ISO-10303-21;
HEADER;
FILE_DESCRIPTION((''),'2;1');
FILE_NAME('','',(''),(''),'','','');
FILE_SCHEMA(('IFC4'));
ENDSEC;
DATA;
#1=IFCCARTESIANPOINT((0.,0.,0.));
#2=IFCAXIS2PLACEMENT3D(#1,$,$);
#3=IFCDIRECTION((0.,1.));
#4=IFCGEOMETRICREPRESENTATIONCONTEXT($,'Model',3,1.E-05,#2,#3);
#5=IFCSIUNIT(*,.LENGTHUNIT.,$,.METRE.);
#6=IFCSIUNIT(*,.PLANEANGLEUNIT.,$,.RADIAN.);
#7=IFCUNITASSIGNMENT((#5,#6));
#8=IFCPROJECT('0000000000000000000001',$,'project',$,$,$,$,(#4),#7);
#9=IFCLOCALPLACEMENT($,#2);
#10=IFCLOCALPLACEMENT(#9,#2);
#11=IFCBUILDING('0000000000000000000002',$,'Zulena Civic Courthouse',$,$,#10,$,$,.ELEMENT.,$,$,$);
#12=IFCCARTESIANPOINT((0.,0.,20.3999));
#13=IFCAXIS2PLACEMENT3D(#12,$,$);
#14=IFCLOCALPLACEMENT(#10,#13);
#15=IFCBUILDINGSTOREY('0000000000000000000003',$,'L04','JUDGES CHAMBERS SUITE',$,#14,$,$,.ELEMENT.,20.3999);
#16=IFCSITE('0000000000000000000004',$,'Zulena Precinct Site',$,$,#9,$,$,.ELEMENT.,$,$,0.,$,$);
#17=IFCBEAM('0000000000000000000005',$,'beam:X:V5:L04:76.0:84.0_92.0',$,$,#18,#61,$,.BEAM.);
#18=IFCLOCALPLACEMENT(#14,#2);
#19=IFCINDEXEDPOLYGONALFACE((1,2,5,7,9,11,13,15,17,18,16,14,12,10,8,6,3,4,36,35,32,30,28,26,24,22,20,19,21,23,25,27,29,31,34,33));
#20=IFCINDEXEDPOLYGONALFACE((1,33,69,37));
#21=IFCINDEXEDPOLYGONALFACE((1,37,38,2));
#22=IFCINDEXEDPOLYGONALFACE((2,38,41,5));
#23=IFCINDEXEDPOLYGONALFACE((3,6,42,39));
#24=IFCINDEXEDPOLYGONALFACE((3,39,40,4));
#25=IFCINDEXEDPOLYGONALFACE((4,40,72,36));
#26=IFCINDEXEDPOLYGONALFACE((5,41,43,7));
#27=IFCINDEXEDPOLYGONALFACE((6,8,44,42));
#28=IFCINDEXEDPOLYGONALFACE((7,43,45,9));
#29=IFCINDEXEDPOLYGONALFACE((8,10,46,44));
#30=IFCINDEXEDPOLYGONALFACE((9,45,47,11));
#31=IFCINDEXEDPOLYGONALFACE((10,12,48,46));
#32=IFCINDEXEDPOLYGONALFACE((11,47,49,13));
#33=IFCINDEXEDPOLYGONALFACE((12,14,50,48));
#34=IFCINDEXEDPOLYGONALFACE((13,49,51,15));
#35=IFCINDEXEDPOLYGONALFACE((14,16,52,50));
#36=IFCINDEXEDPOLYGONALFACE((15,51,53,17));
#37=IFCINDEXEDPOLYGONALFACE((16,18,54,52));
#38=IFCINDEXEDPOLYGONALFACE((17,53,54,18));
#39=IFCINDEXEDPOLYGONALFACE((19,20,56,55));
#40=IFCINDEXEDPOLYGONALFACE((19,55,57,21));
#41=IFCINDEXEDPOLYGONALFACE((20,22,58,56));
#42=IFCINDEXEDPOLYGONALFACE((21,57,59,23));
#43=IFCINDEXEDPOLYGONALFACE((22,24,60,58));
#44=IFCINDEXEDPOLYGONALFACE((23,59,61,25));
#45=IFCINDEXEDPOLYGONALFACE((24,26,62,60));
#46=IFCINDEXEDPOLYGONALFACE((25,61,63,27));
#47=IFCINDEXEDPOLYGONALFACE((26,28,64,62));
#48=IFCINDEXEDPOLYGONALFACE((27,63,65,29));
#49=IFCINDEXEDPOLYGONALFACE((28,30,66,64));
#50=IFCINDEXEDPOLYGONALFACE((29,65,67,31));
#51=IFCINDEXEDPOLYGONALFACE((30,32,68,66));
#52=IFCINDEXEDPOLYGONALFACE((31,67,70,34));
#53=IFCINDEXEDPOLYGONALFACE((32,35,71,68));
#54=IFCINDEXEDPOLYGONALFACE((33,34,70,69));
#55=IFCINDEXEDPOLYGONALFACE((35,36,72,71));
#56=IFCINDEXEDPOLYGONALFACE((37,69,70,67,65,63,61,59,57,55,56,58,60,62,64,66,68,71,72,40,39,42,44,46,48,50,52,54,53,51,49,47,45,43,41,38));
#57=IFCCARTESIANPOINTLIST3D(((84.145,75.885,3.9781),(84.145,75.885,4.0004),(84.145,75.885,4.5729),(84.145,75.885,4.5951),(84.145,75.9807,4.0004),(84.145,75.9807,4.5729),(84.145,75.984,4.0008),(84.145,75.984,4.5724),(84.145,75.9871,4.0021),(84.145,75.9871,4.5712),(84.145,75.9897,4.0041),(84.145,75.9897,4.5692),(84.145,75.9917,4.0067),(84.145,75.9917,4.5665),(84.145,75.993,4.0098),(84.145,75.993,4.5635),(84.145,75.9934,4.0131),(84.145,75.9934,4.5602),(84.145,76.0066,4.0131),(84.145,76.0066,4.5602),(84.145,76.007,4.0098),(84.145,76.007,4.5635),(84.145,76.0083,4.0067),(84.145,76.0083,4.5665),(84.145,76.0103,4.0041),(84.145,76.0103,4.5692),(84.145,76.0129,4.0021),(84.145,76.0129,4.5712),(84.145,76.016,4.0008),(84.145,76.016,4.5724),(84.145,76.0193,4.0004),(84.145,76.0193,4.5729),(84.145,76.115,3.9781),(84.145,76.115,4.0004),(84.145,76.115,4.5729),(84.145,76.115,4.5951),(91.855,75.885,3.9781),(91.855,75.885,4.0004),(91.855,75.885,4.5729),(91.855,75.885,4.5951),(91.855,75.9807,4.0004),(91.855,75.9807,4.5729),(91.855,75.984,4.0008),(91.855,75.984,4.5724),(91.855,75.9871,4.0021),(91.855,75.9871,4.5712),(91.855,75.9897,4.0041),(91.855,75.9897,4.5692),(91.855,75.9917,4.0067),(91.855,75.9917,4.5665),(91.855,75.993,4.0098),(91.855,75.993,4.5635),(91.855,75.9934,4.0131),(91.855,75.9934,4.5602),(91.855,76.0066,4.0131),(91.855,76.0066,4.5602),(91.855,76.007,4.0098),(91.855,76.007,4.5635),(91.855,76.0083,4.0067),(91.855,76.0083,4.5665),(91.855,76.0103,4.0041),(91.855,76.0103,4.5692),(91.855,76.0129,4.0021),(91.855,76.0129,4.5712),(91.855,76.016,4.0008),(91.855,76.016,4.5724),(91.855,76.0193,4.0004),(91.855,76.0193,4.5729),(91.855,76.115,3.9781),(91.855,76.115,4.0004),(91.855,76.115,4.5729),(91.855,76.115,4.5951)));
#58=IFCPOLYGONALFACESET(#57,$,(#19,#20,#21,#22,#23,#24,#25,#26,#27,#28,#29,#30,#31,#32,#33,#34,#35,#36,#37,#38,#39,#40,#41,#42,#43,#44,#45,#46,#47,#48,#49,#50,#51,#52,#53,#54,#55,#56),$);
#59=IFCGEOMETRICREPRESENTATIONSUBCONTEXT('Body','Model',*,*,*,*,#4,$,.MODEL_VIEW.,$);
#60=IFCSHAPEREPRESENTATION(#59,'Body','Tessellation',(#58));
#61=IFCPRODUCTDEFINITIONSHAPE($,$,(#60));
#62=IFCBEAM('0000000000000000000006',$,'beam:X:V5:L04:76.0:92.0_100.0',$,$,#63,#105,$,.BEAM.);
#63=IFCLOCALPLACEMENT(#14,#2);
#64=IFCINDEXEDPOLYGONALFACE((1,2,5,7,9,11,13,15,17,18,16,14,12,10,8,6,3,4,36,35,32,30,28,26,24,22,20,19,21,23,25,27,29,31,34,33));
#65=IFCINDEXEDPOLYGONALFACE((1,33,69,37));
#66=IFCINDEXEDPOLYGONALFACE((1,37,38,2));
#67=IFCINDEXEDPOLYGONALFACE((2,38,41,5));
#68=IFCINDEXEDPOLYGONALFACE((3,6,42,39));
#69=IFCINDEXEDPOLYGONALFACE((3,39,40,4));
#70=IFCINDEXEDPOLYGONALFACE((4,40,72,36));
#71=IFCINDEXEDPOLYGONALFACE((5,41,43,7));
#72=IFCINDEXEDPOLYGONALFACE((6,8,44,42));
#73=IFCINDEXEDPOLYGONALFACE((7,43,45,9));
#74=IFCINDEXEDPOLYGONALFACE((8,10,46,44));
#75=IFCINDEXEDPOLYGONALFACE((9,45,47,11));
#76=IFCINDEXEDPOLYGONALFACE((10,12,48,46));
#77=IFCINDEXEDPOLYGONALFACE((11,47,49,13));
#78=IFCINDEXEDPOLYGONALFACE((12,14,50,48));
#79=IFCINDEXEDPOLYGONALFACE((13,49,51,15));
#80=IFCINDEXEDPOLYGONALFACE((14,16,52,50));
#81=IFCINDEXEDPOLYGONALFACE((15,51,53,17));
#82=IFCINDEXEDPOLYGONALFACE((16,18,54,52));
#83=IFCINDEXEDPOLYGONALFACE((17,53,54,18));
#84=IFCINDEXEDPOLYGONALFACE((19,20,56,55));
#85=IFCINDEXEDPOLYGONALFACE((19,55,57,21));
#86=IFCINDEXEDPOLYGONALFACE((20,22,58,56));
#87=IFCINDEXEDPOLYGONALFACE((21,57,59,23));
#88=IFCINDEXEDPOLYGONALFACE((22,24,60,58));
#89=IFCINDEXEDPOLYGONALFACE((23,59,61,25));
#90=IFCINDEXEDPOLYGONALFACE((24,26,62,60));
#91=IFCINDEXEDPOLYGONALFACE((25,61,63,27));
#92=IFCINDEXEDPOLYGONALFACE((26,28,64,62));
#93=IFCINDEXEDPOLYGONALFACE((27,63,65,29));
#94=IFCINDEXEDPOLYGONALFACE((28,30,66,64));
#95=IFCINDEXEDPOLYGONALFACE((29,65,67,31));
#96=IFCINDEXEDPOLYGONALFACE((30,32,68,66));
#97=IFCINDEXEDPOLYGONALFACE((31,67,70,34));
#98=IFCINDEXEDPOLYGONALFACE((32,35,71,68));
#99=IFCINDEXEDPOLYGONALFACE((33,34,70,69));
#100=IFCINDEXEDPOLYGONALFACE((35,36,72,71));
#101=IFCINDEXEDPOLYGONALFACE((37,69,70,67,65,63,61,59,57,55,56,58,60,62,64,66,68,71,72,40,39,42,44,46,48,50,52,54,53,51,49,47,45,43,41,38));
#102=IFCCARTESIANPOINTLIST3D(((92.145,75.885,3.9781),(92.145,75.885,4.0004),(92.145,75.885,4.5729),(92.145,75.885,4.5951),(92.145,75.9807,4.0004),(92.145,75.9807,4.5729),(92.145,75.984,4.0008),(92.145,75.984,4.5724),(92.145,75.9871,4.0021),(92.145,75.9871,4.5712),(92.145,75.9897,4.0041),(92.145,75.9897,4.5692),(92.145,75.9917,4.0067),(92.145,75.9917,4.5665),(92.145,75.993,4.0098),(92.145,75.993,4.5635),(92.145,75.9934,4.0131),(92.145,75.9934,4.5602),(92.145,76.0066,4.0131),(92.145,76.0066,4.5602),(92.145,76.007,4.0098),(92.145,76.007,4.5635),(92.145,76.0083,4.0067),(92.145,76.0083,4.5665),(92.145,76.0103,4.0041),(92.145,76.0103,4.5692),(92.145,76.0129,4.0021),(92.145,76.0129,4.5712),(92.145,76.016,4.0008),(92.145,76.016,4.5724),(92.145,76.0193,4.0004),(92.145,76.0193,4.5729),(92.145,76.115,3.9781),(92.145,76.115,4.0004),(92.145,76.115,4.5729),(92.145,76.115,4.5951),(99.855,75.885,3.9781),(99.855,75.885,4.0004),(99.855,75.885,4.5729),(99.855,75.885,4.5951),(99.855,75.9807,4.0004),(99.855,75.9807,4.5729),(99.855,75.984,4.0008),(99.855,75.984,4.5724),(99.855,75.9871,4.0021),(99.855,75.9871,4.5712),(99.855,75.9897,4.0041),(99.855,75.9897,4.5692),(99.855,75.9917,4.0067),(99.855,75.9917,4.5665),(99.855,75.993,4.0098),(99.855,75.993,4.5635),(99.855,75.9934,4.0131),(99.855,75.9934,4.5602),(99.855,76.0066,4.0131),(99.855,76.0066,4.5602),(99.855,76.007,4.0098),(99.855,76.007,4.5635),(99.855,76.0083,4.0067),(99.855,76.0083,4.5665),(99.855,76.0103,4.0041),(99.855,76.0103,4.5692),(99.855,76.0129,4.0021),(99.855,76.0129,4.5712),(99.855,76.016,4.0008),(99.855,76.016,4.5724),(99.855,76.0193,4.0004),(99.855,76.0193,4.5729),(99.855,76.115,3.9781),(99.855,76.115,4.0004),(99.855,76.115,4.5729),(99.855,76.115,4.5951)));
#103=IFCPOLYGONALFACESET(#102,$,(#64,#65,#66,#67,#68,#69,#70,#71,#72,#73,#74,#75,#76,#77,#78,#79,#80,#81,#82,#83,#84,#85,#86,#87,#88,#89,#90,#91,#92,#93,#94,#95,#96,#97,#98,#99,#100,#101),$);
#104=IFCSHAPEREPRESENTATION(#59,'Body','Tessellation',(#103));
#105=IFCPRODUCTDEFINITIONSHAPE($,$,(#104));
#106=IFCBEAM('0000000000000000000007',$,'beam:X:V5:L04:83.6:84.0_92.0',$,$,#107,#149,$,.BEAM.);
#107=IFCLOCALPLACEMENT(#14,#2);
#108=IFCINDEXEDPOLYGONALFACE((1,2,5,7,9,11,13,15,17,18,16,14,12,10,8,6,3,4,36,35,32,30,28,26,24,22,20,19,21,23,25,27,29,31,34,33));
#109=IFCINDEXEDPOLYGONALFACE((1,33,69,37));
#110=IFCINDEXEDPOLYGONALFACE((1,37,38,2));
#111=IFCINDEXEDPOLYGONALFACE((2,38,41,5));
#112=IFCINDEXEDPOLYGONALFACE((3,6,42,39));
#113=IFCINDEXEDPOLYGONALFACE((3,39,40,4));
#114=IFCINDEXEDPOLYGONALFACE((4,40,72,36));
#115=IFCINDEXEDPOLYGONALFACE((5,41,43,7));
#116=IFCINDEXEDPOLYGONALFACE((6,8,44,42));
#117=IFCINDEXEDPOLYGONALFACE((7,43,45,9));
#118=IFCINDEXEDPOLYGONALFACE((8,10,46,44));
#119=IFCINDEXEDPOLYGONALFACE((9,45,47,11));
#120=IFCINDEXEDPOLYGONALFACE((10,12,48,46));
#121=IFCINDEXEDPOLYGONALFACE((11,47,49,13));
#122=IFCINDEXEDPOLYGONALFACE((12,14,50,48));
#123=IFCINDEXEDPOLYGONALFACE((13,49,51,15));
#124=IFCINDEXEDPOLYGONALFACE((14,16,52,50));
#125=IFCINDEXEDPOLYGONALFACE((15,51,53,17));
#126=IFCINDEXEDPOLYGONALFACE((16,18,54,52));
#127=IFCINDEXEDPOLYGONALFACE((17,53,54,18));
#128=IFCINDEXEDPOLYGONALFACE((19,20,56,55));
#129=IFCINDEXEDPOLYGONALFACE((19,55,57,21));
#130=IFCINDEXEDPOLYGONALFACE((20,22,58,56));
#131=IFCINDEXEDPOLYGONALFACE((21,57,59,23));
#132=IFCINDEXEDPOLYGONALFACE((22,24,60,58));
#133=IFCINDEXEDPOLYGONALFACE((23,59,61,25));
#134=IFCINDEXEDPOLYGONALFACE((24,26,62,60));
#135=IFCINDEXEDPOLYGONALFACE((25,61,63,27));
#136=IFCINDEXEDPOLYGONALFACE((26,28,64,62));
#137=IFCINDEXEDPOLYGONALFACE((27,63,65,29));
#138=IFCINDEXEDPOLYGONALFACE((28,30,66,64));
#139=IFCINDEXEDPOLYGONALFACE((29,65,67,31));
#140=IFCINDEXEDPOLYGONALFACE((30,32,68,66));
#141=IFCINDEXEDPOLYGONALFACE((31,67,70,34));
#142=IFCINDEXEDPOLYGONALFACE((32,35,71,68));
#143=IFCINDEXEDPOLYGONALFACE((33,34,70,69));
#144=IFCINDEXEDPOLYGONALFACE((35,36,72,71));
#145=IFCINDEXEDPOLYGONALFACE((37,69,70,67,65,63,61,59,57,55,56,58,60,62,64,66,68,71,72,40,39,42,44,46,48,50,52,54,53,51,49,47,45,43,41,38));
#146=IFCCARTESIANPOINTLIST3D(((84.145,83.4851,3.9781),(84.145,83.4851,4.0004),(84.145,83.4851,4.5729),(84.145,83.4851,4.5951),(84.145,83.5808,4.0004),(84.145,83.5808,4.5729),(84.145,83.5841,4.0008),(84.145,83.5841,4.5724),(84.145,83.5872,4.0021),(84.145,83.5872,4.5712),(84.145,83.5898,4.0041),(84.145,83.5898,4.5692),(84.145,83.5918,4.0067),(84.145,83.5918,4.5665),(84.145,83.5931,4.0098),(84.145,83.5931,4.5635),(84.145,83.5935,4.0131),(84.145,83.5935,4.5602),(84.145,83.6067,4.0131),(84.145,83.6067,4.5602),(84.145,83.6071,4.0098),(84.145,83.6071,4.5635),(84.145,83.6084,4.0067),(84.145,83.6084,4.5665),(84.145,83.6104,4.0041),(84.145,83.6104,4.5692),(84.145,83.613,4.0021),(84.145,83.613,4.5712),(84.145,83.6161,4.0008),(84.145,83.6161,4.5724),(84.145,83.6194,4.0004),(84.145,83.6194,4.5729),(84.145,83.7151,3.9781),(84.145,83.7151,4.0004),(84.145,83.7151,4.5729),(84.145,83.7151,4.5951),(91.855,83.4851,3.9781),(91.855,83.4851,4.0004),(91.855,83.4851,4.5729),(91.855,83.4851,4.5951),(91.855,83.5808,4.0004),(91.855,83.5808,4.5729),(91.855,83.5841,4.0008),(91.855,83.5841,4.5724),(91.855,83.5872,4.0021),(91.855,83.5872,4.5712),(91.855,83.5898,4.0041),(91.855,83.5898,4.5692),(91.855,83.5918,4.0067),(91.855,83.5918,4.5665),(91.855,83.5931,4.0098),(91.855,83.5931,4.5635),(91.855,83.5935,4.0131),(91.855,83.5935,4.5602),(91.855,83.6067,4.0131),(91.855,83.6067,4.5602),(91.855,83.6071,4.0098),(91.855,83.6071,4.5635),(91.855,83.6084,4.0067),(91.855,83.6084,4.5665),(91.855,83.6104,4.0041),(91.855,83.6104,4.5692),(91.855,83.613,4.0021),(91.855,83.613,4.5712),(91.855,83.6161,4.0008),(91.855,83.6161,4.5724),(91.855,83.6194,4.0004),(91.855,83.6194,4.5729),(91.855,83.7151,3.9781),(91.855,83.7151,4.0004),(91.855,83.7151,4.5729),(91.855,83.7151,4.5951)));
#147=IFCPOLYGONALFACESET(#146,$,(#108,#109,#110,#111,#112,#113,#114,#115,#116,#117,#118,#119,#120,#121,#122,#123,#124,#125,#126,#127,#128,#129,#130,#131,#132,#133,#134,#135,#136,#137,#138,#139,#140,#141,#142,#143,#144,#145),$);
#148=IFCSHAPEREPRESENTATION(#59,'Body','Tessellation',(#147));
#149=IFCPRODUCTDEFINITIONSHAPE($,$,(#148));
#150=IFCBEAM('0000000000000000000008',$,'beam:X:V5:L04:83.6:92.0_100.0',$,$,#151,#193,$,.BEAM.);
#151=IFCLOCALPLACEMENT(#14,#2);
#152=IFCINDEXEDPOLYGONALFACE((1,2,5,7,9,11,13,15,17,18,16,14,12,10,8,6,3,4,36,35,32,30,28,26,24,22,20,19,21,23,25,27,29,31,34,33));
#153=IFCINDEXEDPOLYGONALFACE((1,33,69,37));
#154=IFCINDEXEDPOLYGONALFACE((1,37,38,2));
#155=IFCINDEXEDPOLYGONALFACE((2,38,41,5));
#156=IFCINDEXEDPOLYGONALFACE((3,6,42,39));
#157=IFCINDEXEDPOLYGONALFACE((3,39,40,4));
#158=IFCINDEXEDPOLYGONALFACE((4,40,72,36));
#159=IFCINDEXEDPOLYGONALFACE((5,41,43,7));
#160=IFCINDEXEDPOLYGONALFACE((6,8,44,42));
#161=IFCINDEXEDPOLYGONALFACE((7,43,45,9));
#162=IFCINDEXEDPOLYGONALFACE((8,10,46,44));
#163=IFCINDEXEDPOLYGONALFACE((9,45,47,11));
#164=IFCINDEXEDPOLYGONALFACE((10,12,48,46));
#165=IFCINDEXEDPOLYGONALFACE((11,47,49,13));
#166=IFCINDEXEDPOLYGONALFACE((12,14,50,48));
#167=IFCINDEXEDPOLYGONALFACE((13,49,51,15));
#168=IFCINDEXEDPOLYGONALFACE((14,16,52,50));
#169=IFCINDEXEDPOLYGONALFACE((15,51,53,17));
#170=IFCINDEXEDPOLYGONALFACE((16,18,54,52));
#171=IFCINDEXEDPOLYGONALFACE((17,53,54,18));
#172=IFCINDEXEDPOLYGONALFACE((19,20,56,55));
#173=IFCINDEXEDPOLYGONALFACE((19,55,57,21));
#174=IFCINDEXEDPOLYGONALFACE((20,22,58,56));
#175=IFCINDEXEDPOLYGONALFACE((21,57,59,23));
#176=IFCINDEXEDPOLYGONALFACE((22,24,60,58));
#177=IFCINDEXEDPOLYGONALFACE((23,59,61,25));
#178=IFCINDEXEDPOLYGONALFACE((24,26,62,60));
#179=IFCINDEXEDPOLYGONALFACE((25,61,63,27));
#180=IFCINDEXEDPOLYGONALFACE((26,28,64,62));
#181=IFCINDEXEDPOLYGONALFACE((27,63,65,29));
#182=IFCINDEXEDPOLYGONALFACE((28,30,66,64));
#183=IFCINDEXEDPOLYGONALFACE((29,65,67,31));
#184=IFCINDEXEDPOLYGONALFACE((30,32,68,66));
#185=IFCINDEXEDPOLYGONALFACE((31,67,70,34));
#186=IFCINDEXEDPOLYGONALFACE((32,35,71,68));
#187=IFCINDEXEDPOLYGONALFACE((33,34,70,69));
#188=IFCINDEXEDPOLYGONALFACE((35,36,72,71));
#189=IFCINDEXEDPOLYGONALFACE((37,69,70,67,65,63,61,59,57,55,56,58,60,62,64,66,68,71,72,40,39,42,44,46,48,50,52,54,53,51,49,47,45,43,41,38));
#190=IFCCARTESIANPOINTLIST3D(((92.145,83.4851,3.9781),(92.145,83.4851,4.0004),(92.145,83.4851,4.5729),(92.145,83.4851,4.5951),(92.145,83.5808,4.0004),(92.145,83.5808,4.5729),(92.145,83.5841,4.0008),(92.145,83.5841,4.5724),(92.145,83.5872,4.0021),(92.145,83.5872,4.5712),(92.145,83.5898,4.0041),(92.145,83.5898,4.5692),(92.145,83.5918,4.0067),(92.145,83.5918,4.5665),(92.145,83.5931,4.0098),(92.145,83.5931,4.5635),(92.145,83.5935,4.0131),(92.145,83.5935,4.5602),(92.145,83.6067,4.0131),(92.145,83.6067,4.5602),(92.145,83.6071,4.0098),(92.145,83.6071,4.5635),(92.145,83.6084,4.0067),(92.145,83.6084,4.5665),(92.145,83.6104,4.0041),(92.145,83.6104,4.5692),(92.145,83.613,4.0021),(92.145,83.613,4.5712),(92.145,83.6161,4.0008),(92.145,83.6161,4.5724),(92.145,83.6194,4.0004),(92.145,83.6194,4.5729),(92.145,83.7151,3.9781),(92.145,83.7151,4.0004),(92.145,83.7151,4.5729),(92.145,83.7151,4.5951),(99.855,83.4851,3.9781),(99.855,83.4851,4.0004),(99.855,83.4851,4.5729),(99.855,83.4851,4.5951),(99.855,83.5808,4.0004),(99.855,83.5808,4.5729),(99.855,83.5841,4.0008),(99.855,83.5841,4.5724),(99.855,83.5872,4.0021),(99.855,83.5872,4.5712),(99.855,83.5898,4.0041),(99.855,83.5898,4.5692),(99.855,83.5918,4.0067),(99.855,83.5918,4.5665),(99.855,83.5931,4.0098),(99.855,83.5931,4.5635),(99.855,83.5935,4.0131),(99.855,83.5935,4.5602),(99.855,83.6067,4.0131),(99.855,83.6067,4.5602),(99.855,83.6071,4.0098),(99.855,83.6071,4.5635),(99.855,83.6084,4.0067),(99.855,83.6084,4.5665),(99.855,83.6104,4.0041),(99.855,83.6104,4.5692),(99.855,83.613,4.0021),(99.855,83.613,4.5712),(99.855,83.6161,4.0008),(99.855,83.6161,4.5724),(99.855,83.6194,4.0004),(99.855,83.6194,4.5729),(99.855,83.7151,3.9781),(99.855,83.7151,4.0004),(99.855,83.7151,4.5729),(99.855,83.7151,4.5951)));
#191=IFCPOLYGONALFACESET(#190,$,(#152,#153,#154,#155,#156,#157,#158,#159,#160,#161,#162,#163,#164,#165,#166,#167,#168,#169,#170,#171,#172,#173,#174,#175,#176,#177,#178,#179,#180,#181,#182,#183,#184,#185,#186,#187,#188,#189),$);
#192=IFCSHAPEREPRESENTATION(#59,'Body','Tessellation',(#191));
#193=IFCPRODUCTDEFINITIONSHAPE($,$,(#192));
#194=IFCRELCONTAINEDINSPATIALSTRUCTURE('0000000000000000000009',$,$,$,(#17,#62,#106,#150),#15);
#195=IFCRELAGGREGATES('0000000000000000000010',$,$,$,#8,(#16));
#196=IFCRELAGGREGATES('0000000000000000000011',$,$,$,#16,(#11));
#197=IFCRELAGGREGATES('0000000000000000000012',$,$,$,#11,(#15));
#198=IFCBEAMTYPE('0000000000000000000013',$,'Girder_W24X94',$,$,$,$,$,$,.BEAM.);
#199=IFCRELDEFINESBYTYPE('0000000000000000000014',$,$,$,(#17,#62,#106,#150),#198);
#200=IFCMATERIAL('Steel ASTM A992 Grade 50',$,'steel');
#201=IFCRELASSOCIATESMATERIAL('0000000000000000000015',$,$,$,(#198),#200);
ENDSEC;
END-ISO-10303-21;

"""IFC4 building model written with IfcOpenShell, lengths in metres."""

from ifc_helpers import new_model, si_unit, direction, frame, origin, origin_2d, place, context, subcontext, project, spatial, i_section, extrude, material, material_profile, profile_set, type_object, element, save


model = new_model("IFC4")

# Units and contexts
model_context = context("Model", 3, precision=1e-05, world=origin(), true_north=direction((0.0, 1.0)))
body_context = subcontext(model_context, "Body", "Model", "MODEL_VIEW")
ifc_project = project(units=[si_unit("LENGTHUNIT", "METRE"), si_unit("PLANEANGLEUNIT", "RADIAN")], contexts=[model_context])

# Site, building, storey
site_placement = place(None, origin())
site = spatial("IfcSite", under=ifc_project, at=site_placement, Name="Zulena Precinct Site", CompositionType="ELEMENT", RefElevation=0.0)
building_placement = place(site_placement, origin())
building = spatial("IfcBuilding", under=site, at=building_placement, Name="Zulena Civic Courthouse", CompositionType="ELEMENT")
storey_placement = place(building_placement, frame((0.0, 0.0, 20.3999)))
storey = spatial("IfcBuildingStorey", under=building, at=storey_placement, Name="L04", Description="JUDGES CHAMBERS SUITE", CompositionType="ELEMENT", Elevation=20.3999)

# Shared definitions
ifc_material_1 = material(Name="Steel ASTM A992 Grade 50", Category="steel")

# Beams
ifc_material_profile_1 = material_profile(ifc_material_1, i_section(OverallWidth=0.23, OverallDepth=0.6169, WebThickness=0.0132, FlangeThickness=0.0222, FilletRadius=0.0127, at=origin_2d()), Name="W24X94")
ifc_profile_set_1 = profile_set([ifc_material_profile_1], Name="Steel ASTM A992 Grade 50")
beam_type_1 = type_object("IfcBeamType", Name="Girder_W24X94", PredefinedType="BEAM", material=ifc_profile_set_1)
for number, where, z_axis, x_axis, name in (
    (1, (84.145, 76.0, 4.2866), (1.0, 0.0, 0.0), (0.0, 1.0, 0.0), "beam:X:V5:L04:76.0:84.0_92.0"),
    (2, (92.145, 76.0, 4.2866), (1.0, 0.0, 0.0), (0.0, 1.0, 0.0), "beam:X:V5:L04:76.0:92.0_100.0"),
    (3, (84.145, 83.6001, 4.2866), (1.0, 0.0, 0.0), (0.0, 1.0, 0.0), "beam:X:V5:L04:83.6:84.0_92.0"),
    (4, (92.145, 83.6001, 4.2866), (1.0, 0.0, 0.0), (0.0, 1.0, 0.0), "beam:X:V5:L04:83.6:92.0_100.0"),
):
    element("IfcBeam", number, at=place(storey_placement, frame(where, z_axis=z_axis, x_axis=x_axis)), inside=storey, type_object=beam_type_1, Name=name, PredefinedType="BEAM", context=body_context, shape_type="SweptSolid", body=[
        extrude(i_section(OverallWidth=0.23, OverallDepth=0.6169, WebThickness=0.0132, FlangeThickness=0.0222, FilletRadius=0.0127, at=origin_2d()), origin(), (0.0, 0.0, 1.0), 7.71),
    ])

save(model, "model.ifc")
